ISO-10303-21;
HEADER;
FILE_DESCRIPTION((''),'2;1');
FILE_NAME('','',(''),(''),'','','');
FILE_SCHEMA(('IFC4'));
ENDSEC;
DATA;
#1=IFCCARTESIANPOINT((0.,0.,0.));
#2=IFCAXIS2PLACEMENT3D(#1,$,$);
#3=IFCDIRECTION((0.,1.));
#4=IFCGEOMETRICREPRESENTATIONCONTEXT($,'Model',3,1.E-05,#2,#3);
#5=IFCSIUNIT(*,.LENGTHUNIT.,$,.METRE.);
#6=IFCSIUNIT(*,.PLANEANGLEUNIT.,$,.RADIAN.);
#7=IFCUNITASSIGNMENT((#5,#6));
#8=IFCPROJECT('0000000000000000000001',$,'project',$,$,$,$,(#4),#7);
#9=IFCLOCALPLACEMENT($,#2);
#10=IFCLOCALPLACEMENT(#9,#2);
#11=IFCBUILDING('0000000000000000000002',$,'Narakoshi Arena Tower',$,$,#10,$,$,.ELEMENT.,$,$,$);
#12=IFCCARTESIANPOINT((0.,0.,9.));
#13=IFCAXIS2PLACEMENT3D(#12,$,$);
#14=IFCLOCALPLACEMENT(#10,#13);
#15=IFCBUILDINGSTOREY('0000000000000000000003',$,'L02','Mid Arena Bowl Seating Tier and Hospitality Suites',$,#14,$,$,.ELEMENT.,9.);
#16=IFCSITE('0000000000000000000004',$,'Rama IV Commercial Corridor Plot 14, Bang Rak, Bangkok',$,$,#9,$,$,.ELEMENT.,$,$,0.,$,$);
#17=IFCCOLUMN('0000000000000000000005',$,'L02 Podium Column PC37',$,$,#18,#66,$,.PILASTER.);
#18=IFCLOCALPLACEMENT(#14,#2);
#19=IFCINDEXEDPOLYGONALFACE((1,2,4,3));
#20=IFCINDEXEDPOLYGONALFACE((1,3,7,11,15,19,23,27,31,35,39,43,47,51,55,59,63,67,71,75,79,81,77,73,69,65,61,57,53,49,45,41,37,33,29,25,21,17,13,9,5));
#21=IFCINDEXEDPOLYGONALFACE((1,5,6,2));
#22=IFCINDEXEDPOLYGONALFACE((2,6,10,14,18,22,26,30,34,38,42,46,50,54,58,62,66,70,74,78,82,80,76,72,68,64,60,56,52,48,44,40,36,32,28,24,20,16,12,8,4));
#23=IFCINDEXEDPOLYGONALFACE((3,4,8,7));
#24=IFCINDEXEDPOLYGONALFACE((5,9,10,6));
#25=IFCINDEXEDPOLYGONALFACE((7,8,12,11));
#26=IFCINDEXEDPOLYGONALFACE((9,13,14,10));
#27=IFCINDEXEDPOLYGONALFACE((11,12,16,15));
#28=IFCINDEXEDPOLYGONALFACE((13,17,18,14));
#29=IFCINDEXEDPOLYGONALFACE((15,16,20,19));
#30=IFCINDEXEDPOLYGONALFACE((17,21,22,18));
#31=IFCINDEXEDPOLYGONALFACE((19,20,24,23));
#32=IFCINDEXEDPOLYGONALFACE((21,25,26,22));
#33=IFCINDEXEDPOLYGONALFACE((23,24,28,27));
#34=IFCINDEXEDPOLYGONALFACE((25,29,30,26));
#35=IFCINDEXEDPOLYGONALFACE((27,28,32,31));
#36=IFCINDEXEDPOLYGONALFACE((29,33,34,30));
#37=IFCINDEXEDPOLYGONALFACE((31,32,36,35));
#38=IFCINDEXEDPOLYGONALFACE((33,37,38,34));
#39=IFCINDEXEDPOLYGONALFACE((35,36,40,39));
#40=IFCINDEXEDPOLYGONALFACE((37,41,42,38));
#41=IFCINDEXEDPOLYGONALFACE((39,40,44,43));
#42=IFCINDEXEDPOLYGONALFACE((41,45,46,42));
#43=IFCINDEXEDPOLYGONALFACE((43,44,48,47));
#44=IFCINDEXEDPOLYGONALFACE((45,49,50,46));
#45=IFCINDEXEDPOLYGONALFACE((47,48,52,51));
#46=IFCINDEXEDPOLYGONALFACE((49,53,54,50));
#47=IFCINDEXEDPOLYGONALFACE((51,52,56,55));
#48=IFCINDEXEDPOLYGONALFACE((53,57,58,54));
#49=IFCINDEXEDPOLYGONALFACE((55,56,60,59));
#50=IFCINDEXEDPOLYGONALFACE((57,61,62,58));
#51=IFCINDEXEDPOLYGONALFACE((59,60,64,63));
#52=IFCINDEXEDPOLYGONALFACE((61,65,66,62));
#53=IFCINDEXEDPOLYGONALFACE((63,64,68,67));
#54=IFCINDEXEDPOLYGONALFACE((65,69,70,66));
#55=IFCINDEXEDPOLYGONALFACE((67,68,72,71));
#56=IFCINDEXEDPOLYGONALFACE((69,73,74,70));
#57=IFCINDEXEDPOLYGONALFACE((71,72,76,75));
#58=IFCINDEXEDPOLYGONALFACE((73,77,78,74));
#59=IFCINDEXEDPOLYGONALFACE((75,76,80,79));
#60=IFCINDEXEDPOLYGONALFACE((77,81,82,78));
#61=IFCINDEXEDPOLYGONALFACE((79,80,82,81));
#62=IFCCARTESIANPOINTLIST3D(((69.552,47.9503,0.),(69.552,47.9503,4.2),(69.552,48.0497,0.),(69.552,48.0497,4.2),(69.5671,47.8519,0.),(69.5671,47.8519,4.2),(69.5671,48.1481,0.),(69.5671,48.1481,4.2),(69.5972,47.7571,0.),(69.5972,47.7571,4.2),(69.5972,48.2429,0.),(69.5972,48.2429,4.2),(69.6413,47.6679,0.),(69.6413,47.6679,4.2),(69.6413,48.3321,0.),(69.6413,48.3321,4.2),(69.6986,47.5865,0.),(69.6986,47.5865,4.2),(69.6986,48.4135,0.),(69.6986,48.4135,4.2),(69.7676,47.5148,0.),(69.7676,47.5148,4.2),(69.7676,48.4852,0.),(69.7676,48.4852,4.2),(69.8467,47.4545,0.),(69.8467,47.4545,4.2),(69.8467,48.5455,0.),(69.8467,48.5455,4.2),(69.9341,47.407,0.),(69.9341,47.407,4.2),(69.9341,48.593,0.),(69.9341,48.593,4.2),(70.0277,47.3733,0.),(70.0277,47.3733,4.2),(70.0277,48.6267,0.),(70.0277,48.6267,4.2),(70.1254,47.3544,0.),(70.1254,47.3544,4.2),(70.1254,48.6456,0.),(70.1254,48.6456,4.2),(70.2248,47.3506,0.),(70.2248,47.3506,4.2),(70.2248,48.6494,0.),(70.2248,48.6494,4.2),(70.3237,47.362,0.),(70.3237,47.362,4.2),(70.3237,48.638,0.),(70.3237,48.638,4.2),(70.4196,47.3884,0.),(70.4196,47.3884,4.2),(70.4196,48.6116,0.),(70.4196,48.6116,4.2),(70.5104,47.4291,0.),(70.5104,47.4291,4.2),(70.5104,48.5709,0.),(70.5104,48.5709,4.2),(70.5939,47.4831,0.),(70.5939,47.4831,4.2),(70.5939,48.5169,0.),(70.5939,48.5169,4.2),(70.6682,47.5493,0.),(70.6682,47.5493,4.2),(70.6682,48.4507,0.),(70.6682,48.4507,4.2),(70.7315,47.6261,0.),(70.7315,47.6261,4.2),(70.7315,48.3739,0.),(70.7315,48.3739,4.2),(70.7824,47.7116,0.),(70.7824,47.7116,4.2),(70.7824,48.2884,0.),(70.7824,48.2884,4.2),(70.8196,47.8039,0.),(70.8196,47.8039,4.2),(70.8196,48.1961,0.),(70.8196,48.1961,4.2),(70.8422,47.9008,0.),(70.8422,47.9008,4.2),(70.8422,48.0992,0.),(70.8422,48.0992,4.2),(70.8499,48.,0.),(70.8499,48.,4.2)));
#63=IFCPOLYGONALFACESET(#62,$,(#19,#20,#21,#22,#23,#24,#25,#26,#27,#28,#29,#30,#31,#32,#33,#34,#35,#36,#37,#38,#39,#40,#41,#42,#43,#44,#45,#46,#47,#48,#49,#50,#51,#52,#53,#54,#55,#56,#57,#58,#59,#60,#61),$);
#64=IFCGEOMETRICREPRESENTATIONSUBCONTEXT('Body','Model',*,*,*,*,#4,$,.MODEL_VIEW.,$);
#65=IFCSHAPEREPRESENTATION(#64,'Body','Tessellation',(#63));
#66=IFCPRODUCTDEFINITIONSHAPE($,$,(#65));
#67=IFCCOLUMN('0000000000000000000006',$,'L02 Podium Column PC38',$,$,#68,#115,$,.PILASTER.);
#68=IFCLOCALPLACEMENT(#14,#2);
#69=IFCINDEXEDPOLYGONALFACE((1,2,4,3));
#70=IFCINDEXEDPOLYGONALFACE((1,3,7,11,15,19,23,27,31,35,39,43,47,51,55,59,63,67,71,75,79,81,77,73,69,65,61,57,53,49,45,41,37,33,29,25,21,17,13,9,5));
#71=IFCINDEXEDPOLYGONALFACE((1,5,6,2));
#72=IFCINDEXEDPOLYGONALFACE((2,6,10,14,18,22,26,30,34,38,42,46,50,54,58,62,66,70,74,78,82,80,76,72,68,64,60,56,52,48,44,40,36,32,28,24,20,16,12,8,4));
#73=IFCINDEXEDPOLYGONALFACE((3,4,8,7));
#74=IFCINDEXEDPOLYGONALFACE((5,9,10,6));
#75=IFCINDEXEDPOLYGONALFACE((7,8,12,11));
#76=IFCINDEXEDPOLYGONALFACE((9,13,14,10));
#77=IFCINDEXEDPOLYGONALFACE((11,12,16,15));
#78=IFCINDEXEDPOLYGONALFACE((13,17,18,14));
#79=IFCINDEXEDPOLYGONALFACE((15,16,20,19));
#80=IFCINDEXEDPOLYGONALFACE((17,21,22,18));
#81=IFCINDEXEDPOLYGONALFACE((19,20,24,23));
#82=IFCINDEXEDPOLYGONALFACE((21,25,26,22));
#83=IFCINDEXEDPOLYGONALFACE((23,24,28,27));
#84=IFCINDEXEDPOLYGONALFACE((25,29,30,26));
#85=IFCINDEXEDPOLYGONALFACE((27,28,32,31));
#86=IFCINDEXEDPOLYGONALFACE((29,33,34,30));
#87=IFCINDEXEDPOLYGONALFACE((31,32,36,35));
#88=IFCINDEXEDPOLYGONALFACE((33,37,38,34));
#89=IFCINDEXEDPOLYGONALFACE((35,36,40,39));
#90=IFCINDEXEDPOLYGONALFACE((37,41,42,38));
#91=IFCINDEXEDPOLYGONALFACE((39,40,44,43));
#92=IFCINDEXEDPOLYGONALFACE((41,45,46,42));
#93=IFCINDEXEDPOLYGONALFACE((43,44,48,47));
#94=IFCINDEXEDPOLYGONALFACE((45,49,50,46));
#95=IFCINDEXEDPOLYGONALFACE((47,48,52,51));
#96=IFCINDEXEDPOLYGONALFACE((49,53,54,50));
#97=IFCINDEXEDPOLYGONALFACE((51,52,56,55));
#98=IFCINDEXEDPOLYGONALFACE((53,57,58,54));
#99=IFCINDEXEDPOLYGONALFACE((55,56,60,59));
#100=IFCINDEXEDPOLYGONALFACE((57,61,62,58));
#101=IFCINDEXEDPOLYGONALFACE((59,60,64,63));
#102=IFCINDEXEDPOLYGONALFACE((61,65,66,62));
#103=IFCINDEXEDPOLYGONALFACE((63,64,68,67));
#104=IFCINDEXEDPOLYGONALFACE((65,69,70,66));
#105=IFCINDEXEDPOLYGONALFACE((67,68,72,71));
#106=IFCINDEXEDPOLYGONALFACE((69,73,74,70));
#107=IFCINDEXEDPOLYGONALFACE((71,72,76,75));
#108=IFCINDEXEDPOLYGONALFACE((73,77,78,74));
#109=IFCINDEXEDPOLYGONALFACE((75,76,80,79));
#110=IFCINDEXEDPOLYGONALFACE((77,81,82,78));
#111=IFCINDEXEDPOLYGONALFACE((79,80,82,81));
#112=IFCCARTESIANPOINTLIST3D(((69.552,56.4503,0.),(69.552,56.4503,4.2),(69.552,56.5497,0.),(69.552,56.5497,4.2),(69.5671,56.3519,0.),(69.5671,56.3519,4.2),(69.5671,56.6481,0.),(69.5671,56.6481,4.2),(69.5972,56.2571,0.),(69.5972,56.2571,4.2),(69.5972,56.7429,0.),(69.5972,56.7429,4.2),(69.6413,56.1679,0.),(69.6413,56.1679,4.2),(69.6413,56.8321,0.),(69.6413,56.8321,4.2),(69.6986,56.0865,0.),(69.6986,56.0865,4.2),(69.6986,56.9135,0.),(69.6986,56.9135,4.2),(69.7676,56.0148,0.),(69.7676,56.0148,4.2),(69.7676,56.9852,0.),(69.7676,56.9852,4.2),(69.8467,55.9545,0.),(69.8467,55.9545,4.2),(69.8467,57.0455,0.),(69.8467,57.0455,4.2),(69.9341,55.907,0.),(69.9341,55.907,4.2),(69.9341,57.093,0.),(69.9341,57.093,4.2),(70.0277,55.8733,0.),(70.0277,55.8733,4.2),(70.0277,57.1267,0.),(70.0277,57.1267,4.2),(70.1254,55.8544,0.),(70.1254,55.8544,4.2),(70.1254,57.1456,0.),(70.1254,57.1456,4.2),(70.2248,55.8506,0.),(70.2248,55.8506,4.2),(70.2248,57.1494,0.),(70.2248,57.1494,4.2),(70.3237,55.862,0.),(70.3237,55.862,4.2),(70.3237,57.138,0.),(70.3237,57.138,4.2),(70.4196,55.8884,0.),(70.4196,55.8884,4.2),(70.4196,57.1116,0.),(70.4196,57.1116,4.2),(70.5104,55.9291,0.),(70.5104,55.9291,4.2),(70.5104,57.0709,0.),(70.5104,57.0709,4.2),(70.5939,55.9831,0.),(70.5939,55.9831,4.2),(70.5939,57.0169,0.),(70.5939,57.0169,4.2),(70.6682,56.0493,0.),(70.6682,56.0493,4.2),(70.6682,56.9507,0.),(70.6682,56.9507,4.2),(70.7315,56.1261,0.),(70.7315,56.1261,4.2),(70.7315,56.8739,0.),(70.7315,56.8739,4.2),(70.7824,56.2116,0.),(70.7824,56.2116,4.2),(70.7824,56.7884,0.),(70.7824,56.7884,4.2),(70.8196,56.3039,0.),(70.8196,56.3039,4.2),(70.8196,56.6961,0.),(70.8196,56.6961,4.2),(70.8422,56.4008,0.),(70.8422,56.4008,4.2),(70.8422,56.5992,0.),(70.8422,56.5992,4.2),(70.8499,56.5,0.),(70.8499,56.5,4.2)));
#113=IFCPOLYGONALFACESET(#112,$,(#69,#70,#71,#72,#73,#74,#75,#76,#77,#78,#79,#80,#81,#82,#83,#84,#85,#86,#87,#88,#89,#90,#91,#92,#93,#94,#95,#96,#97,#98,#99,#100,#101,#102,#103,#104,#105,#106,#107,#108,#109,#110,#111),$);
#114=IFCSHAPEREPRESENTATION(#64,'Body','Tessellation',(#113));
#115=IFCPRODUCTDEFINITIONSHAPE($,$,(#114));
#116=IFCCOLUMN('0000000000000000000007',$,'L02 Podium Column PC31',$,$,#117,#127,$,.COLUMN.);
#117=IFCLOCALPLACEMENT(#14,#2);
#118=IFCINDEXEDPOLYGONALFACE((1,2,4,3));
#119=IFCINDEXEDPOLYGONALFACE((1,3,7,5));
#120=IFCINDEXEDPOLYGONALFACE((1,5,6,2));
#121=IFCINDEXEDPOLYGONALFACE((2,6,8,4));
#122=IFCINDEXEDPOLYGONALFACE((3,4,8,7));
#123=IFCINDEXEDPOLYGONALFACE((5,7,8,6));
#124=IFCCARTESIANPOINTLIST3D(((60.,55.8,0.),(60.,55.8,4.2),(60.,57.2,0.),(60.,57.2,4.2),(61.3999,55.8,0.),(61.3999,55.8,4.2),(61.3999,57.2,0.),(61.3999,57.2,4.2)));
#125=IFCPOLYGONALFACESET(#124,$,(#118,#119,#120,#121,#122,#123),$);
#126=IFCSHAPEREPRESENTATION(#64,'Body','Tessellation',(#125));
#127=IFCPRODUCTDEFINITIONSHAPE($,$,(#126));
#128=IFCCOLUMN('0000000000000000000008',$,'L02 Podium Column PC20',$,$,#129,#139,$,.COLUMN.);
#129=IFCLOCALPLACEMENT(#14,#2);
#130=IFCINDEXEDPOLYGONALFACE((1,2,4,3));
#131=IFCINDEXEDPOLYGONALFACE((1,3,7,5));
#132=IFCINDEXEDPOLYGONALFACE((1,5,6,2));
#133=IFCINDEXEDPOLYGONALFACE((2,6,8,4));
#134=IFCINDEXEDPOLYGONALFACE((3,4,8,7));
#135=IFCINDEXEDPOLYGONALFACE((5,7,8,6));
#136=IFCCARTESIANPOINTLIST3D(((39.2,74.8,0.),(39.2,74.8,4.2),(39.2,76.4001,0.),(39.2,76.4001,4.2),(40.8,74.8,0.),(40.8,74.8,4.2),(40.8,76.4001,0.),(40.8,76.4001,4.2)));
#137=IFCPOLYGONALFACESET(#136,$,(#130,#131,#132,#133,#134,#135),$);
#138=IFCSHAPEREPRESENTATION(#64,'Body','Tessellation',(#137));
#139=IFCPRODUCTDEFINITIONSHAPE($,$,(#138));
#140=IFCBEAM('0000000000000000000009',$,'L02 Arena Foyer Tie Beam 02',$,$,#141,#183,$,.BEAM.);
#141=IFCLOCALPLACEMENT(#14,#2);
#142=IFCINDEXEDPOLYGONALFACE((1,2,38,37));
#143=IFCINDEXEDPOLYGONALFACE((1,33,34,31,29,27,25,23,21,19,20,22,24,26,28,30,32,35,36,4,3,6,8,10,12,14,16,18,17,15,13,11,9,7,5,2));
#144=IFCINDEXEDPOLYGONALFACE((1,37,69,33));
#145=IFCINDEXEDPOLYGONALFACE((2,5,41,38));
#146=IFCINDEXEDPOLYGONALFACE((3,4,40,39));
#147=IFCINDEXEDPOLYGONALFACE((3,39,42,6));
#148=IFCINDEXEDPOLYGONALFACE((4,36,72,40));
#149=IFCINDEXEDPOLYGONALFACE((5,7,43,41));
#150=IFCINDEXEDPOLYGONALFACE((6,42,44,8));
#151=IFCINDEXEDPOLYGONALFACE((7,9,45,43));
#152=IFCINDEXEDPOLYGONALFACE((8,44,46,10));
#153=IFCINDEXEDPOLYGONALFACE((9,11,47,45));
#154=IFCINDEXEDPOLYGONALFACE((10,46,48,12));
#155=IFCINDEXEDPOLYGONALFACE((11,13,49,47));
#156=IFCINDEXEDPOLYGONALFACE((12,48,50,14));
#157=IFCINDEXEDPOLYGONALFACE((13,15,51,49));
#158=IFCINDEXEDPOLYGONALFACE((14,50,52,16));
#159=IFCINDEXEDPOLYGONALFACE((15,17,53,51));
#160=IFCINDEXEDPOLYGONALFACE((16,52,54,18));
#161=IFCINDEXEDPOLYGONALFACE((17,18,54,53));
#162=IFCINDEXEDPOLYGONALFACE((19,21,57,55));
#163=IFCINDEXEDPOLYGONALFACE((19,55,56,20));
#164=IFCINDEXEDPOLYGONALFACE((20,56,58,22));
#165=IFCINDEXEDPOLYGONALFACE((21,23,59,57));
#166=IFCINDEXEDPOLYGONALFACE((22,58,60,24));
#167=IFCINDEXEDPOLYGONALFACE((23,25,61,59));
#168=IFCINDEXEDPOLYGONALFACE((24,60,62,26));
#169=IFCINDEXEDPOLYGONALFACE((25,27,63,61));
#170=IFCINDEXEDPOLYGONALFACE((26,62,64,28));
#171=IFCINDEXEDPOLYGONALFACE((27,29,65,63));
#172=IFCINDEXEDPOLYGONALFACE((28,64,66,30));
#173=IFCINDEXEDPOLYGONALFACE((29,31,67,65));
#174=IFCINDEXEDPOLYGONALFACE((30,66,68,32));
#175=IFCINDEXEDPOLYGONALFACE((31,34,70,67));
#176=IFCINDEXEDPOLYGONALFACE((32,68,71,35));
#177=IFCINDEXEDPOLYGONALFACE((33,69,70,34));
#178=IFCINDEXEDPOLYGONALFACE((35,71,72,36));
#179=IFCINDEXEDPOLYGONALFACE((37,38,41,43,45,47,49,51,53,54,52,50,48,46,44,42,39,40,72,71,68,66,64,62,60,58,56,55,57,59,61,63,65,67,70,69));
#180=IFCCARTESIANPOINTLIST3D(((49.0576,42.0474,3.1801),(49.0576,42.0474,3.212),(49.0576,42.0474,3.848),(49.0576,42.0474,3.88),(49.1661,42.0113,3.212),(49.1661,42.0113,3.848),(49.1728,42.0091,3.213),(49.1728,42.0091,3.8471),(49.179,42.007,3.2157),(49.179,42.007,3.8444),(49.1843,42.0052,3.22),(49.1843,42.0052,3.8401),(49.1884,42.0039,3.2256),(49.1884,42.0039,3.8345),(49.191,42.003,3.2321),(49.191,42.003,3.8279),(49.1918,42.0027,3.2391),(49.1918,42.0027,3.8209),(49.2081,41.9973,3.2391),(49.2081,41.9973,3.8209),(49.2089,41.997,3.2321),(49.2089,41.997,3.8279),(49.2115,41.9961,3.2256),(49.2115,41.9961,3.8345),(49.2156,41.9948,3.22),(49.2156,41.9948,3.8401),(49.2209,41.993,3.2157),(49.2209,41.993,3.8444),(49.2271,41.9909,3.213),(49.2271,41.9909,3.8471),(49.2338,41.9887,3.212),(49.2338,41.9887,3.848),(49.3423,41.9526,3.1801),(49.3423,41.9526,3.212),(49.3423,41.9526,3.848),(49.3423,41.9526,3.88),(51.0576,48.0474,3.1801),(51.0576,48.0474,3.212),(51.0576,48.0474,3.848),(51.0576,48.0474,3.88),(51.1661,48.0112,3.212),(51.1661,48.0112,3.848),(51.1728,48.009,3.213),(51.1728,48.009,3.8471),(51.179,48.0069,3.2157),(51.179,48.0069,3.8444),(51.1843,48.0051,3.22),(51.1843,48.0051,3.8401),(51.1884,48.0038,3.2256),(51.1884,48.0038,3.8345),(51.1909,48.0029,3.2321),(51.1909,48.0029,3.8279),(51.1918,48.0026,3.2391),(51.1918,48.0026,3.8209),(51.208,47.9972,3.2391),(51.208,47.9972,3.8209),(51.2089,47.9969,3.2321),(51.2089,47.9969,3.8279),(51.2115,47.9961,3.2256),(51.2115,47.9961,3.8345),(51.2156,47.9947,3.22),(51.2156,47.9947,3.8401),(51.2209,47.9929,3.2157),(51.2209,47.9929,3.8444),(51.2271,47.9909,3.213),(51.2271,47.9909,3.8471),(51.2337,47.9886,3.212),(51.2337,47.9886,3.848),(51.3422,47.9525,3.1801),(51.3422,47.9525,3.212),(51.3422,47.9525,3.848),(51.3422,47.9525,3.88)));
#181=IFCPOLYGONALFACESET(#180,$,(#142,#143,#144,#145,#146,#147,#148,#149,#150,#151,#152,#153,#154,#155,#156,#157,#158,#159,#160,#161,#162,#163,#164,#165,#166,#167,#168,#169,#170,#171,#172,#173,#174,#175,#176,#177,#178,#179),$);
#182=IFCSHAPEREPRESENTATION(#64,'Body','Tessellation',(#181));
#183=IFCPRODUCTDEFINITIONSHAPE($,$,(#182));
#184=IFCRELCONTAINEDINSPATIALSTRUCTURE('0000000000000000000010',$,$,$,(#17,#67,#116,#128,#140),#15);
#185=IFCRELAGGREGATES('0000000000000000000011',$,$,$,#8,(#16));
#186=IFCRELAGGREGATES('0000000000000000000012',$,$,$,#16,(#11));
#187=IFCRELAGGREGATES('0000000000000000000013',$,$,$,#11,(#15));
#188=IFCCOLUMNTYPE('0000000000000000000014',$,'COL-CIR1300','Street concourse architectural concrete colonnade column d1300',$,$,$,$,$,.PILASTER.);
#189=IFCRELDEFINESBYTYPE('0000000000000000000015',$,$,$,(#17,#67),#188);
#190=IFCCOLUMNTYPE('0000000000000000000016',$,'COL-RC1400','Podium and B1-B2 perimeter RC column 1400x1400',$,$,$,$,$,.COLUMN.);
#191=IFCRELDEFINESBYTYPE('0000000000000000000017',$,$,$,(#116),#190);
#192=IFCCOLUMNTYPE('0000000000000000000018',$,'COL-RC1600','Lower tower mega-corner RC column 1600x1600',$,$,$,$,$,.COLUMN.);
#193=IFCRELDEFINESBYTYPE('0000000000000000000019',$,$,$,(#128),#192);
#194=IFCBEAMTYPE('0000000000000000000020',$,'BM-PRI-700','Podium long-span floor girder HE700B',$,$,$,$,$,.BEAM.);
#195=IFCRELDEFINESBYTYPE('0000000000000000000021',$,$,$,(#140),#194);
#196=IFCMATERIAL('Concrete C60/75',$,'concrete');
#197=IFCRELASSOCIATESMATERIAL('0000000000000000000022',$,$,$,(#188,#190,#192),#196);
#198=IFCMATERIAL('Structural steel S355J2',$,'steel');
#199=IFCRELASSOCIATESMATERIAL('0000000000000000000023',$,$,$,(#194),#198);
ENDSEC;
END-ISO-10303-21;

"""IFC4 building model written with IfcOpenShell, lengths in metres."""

from ifc_helpers import new_model, si_unit, direction, frame, origin, origin_2d, place, context, subcontext, project, spatial, rectangle, circle, i_section, extrude, material, material_profile, profile_set, type_object, element, save


model = new_model("IFC4")

# Units and contexts
model_context = context("Model", 3, precision=1e-05, world=origin(), true_north=direction((0.0, 1.0)))
body_context = subcontext(model_context, "Body", "Model", "MODEL_VIEW")
ifc_project = project(units=[si_unit("LENGTHUNIT", "METRE"), si_unit("PLANEANGLEUNIT", "RADIAN")], contexts=[model_context])

# Site, building, storey
site_placement = place(None, origin())
site = spatial("IfcSite", under=ifc_project, at=site_placement, Name="Rama IV Commercial Corridor Plot 14, Bang Rak, Bangkok", CompositionType="ELEMENT", RefElevation=0.0)
building_placement = place(site_placement, origin())
building = spatial("IfcBuilding", under=site, at=building_placement, Name="Narakoshi Arena Tower", CompositionType="ELEMENT")
storey_placement = place(building_placement, frame((0.0, 0.0, 9.0)))
storey = spatial("IfcBuildingStorey", under=building, at=storey_placement, Name="L02", Description="Mid Arena Bowl Seating Tier and Hospitality Suites", CompositionType="ELEMENT", Elevation=9.0)

# Columns
ifc_material_1 = material(Name="Concrete C60/75", Category="concrete")
ifc_material_profile_1 = material_profile(ifc_material_1, circle(Radius=0.6499, at=origin_2d()), Name="RCC1300")
ifc_profile_set_1 = profile_set([ifc_material_profile_1], Name="Concrete C60/75")
column_type_1 = type_object("IfcColumnType", Name="COL-CIR1300", Description="Street concourse architectural concrete colonnade column d1300", PredefinedType="PILASTER", material=ifc_profile_set_1)
for number, where, z_axis, x_axis, name in (
    (1, (70.2, 48.0, 0.0), (0.0, 0.0, 1.0), (1.0, 0.0, 0.0), "L02 Podium Column PC37"),
    (2, (70.2, 56.5, 0.0), (0.0, 0.0, 1.0), (1.0, 0.0, 0.0), "L02 Podium Column PC38"),
):
    element("IfcColumn", number, at=place(storey_placement, frame(where, z_axis=z_axis, x_axis=x_axis)), inside=storey, type_object=column_type_1, Name=name, PredefinedType="PILASTER", context=body_context, shape_type="SweptSolid", body=[
        extrude(circle(Radius=0.6499, at=origin_2d()), origin(), (0.0, 0.0, 1.0), 4.2),
    ])
ifc_material_profile_2 = material_profile(ifc_material_1, rectangle(XDim=1.3999, YDim=1.3999, at=origin_2d()), Name="RC1400x1400")
ifc_profile_set_2 = profile_set([ifc_material_profile_2], Name="Concrete C60/75")
column_type_2 = type_object("IfcColumnType", Name="COL-RC1400", Description="Podium and B1-B2 perimeter RC column 1400x1400", PredefinedType="COLUMN", material=ifc_profile_set_2)
column_1_placement = place(storey_placement, frame((60.7, 56.5, 0.0), z_axis=(0.0, 0.0, 1.0), x_axis=(1.0, 0.0, 0.0)))
element("IfcColumn", 3, at=column_1_placement, inside=storey, type_object=column_type_2, Name="L02 Podium Column PC31", PredefinedType="COLUMN", context=body_context, shape_type="SweptSolid", body=[
    extrude(rectangle(XDim=1.3999, YDim=1.3999, at=origin_2d()), origin(), (0.0, 0.0, 1.0), 4.2),
])
ifc_material_profile_3 = material_profile(ifc_material_1, rectangle(XDim=1.6001, YDim=1.6001, at=origin_2d()), Name="RC1600x1600")
ifc_profile_set_3 = profile_set([ifc_material_profile_3], Name="Concrete C60/75")
column_type_3 = type_object("IfcColumnType", Name="COL-RC1600", Description="Lower tower mega-corner RC column 1600x1600", PredefinedType="COLUMN", material=ifc_profile_set_3)
column_2_placement = place(storey_placement, frame((40.0, 75.6001, 0.0), z_axis=(0.0, 0.0, 1.0), x_axis=(1.0, 0.0, 0.0)))
element("IfcColumn", 4, at=column_2_placement, inside=storey, type_object=column_type_3, Name="L02 Podium Column PC20", PredefinedType="COLUMN", context=body_context, shape_type="SweptSolid", body=[
    extrude(rectangle(XDim=1.6001, YDim=1.6001, at=origin_2d()), origin(), (0.0, 0.0, 1.0), 4.2),
])

# Beam
ifc_material_2 = material(Name="Structural steel S355J2", Category="steel")
ifc_material_profile_4 = material_profile(ifc_material_2, i_section(OverallWidth=0.3, OverallDepth=0.7, WebThickness=0.0171, FlangeThickness=0.032, FilletRadius=0.0271, at=origin_2d()), Name="HE700B")
ifc_profile_set_4 = profile_set([ifc_material_profile_4], Name="Structural steel S355J2")
beam_type_1 = type_object("IfcBeamType", Name="BM-PRI-700", Description="Podium long-span floor girder HE700B", PredefinedType="BEAM", material=ifc_profile_set_4)
for number, where, z_axis, x_axis, name in (
    (5, (49.2, 42.0, 3.53), (0.316228, 0.948683, 0.0), (-0.948683, 0.316228, 0.0), "L02 Arena Foyer Tie Beam 02"),
):
    element("IfcBeam", number, at=place(storey_placement, frame(where, z_axis=z_axis, x_axis=x_axis)), inside=storey, type_object=beam_type_1, Name=name, PredefinedType="BEAM", context=body_context, shape_type="SweptSolid", body=[
        extrude(i_section(OverallWidth=0.3, OverallDepth=0.7, WebThickness=0.0171, FlangeThickness=0.032, FilletRadius=0.0271, at=origin_2d()), origin(), (0.0, 0.0, 1.0), 6.3245),
    ])

save(model, "model.ifc")
